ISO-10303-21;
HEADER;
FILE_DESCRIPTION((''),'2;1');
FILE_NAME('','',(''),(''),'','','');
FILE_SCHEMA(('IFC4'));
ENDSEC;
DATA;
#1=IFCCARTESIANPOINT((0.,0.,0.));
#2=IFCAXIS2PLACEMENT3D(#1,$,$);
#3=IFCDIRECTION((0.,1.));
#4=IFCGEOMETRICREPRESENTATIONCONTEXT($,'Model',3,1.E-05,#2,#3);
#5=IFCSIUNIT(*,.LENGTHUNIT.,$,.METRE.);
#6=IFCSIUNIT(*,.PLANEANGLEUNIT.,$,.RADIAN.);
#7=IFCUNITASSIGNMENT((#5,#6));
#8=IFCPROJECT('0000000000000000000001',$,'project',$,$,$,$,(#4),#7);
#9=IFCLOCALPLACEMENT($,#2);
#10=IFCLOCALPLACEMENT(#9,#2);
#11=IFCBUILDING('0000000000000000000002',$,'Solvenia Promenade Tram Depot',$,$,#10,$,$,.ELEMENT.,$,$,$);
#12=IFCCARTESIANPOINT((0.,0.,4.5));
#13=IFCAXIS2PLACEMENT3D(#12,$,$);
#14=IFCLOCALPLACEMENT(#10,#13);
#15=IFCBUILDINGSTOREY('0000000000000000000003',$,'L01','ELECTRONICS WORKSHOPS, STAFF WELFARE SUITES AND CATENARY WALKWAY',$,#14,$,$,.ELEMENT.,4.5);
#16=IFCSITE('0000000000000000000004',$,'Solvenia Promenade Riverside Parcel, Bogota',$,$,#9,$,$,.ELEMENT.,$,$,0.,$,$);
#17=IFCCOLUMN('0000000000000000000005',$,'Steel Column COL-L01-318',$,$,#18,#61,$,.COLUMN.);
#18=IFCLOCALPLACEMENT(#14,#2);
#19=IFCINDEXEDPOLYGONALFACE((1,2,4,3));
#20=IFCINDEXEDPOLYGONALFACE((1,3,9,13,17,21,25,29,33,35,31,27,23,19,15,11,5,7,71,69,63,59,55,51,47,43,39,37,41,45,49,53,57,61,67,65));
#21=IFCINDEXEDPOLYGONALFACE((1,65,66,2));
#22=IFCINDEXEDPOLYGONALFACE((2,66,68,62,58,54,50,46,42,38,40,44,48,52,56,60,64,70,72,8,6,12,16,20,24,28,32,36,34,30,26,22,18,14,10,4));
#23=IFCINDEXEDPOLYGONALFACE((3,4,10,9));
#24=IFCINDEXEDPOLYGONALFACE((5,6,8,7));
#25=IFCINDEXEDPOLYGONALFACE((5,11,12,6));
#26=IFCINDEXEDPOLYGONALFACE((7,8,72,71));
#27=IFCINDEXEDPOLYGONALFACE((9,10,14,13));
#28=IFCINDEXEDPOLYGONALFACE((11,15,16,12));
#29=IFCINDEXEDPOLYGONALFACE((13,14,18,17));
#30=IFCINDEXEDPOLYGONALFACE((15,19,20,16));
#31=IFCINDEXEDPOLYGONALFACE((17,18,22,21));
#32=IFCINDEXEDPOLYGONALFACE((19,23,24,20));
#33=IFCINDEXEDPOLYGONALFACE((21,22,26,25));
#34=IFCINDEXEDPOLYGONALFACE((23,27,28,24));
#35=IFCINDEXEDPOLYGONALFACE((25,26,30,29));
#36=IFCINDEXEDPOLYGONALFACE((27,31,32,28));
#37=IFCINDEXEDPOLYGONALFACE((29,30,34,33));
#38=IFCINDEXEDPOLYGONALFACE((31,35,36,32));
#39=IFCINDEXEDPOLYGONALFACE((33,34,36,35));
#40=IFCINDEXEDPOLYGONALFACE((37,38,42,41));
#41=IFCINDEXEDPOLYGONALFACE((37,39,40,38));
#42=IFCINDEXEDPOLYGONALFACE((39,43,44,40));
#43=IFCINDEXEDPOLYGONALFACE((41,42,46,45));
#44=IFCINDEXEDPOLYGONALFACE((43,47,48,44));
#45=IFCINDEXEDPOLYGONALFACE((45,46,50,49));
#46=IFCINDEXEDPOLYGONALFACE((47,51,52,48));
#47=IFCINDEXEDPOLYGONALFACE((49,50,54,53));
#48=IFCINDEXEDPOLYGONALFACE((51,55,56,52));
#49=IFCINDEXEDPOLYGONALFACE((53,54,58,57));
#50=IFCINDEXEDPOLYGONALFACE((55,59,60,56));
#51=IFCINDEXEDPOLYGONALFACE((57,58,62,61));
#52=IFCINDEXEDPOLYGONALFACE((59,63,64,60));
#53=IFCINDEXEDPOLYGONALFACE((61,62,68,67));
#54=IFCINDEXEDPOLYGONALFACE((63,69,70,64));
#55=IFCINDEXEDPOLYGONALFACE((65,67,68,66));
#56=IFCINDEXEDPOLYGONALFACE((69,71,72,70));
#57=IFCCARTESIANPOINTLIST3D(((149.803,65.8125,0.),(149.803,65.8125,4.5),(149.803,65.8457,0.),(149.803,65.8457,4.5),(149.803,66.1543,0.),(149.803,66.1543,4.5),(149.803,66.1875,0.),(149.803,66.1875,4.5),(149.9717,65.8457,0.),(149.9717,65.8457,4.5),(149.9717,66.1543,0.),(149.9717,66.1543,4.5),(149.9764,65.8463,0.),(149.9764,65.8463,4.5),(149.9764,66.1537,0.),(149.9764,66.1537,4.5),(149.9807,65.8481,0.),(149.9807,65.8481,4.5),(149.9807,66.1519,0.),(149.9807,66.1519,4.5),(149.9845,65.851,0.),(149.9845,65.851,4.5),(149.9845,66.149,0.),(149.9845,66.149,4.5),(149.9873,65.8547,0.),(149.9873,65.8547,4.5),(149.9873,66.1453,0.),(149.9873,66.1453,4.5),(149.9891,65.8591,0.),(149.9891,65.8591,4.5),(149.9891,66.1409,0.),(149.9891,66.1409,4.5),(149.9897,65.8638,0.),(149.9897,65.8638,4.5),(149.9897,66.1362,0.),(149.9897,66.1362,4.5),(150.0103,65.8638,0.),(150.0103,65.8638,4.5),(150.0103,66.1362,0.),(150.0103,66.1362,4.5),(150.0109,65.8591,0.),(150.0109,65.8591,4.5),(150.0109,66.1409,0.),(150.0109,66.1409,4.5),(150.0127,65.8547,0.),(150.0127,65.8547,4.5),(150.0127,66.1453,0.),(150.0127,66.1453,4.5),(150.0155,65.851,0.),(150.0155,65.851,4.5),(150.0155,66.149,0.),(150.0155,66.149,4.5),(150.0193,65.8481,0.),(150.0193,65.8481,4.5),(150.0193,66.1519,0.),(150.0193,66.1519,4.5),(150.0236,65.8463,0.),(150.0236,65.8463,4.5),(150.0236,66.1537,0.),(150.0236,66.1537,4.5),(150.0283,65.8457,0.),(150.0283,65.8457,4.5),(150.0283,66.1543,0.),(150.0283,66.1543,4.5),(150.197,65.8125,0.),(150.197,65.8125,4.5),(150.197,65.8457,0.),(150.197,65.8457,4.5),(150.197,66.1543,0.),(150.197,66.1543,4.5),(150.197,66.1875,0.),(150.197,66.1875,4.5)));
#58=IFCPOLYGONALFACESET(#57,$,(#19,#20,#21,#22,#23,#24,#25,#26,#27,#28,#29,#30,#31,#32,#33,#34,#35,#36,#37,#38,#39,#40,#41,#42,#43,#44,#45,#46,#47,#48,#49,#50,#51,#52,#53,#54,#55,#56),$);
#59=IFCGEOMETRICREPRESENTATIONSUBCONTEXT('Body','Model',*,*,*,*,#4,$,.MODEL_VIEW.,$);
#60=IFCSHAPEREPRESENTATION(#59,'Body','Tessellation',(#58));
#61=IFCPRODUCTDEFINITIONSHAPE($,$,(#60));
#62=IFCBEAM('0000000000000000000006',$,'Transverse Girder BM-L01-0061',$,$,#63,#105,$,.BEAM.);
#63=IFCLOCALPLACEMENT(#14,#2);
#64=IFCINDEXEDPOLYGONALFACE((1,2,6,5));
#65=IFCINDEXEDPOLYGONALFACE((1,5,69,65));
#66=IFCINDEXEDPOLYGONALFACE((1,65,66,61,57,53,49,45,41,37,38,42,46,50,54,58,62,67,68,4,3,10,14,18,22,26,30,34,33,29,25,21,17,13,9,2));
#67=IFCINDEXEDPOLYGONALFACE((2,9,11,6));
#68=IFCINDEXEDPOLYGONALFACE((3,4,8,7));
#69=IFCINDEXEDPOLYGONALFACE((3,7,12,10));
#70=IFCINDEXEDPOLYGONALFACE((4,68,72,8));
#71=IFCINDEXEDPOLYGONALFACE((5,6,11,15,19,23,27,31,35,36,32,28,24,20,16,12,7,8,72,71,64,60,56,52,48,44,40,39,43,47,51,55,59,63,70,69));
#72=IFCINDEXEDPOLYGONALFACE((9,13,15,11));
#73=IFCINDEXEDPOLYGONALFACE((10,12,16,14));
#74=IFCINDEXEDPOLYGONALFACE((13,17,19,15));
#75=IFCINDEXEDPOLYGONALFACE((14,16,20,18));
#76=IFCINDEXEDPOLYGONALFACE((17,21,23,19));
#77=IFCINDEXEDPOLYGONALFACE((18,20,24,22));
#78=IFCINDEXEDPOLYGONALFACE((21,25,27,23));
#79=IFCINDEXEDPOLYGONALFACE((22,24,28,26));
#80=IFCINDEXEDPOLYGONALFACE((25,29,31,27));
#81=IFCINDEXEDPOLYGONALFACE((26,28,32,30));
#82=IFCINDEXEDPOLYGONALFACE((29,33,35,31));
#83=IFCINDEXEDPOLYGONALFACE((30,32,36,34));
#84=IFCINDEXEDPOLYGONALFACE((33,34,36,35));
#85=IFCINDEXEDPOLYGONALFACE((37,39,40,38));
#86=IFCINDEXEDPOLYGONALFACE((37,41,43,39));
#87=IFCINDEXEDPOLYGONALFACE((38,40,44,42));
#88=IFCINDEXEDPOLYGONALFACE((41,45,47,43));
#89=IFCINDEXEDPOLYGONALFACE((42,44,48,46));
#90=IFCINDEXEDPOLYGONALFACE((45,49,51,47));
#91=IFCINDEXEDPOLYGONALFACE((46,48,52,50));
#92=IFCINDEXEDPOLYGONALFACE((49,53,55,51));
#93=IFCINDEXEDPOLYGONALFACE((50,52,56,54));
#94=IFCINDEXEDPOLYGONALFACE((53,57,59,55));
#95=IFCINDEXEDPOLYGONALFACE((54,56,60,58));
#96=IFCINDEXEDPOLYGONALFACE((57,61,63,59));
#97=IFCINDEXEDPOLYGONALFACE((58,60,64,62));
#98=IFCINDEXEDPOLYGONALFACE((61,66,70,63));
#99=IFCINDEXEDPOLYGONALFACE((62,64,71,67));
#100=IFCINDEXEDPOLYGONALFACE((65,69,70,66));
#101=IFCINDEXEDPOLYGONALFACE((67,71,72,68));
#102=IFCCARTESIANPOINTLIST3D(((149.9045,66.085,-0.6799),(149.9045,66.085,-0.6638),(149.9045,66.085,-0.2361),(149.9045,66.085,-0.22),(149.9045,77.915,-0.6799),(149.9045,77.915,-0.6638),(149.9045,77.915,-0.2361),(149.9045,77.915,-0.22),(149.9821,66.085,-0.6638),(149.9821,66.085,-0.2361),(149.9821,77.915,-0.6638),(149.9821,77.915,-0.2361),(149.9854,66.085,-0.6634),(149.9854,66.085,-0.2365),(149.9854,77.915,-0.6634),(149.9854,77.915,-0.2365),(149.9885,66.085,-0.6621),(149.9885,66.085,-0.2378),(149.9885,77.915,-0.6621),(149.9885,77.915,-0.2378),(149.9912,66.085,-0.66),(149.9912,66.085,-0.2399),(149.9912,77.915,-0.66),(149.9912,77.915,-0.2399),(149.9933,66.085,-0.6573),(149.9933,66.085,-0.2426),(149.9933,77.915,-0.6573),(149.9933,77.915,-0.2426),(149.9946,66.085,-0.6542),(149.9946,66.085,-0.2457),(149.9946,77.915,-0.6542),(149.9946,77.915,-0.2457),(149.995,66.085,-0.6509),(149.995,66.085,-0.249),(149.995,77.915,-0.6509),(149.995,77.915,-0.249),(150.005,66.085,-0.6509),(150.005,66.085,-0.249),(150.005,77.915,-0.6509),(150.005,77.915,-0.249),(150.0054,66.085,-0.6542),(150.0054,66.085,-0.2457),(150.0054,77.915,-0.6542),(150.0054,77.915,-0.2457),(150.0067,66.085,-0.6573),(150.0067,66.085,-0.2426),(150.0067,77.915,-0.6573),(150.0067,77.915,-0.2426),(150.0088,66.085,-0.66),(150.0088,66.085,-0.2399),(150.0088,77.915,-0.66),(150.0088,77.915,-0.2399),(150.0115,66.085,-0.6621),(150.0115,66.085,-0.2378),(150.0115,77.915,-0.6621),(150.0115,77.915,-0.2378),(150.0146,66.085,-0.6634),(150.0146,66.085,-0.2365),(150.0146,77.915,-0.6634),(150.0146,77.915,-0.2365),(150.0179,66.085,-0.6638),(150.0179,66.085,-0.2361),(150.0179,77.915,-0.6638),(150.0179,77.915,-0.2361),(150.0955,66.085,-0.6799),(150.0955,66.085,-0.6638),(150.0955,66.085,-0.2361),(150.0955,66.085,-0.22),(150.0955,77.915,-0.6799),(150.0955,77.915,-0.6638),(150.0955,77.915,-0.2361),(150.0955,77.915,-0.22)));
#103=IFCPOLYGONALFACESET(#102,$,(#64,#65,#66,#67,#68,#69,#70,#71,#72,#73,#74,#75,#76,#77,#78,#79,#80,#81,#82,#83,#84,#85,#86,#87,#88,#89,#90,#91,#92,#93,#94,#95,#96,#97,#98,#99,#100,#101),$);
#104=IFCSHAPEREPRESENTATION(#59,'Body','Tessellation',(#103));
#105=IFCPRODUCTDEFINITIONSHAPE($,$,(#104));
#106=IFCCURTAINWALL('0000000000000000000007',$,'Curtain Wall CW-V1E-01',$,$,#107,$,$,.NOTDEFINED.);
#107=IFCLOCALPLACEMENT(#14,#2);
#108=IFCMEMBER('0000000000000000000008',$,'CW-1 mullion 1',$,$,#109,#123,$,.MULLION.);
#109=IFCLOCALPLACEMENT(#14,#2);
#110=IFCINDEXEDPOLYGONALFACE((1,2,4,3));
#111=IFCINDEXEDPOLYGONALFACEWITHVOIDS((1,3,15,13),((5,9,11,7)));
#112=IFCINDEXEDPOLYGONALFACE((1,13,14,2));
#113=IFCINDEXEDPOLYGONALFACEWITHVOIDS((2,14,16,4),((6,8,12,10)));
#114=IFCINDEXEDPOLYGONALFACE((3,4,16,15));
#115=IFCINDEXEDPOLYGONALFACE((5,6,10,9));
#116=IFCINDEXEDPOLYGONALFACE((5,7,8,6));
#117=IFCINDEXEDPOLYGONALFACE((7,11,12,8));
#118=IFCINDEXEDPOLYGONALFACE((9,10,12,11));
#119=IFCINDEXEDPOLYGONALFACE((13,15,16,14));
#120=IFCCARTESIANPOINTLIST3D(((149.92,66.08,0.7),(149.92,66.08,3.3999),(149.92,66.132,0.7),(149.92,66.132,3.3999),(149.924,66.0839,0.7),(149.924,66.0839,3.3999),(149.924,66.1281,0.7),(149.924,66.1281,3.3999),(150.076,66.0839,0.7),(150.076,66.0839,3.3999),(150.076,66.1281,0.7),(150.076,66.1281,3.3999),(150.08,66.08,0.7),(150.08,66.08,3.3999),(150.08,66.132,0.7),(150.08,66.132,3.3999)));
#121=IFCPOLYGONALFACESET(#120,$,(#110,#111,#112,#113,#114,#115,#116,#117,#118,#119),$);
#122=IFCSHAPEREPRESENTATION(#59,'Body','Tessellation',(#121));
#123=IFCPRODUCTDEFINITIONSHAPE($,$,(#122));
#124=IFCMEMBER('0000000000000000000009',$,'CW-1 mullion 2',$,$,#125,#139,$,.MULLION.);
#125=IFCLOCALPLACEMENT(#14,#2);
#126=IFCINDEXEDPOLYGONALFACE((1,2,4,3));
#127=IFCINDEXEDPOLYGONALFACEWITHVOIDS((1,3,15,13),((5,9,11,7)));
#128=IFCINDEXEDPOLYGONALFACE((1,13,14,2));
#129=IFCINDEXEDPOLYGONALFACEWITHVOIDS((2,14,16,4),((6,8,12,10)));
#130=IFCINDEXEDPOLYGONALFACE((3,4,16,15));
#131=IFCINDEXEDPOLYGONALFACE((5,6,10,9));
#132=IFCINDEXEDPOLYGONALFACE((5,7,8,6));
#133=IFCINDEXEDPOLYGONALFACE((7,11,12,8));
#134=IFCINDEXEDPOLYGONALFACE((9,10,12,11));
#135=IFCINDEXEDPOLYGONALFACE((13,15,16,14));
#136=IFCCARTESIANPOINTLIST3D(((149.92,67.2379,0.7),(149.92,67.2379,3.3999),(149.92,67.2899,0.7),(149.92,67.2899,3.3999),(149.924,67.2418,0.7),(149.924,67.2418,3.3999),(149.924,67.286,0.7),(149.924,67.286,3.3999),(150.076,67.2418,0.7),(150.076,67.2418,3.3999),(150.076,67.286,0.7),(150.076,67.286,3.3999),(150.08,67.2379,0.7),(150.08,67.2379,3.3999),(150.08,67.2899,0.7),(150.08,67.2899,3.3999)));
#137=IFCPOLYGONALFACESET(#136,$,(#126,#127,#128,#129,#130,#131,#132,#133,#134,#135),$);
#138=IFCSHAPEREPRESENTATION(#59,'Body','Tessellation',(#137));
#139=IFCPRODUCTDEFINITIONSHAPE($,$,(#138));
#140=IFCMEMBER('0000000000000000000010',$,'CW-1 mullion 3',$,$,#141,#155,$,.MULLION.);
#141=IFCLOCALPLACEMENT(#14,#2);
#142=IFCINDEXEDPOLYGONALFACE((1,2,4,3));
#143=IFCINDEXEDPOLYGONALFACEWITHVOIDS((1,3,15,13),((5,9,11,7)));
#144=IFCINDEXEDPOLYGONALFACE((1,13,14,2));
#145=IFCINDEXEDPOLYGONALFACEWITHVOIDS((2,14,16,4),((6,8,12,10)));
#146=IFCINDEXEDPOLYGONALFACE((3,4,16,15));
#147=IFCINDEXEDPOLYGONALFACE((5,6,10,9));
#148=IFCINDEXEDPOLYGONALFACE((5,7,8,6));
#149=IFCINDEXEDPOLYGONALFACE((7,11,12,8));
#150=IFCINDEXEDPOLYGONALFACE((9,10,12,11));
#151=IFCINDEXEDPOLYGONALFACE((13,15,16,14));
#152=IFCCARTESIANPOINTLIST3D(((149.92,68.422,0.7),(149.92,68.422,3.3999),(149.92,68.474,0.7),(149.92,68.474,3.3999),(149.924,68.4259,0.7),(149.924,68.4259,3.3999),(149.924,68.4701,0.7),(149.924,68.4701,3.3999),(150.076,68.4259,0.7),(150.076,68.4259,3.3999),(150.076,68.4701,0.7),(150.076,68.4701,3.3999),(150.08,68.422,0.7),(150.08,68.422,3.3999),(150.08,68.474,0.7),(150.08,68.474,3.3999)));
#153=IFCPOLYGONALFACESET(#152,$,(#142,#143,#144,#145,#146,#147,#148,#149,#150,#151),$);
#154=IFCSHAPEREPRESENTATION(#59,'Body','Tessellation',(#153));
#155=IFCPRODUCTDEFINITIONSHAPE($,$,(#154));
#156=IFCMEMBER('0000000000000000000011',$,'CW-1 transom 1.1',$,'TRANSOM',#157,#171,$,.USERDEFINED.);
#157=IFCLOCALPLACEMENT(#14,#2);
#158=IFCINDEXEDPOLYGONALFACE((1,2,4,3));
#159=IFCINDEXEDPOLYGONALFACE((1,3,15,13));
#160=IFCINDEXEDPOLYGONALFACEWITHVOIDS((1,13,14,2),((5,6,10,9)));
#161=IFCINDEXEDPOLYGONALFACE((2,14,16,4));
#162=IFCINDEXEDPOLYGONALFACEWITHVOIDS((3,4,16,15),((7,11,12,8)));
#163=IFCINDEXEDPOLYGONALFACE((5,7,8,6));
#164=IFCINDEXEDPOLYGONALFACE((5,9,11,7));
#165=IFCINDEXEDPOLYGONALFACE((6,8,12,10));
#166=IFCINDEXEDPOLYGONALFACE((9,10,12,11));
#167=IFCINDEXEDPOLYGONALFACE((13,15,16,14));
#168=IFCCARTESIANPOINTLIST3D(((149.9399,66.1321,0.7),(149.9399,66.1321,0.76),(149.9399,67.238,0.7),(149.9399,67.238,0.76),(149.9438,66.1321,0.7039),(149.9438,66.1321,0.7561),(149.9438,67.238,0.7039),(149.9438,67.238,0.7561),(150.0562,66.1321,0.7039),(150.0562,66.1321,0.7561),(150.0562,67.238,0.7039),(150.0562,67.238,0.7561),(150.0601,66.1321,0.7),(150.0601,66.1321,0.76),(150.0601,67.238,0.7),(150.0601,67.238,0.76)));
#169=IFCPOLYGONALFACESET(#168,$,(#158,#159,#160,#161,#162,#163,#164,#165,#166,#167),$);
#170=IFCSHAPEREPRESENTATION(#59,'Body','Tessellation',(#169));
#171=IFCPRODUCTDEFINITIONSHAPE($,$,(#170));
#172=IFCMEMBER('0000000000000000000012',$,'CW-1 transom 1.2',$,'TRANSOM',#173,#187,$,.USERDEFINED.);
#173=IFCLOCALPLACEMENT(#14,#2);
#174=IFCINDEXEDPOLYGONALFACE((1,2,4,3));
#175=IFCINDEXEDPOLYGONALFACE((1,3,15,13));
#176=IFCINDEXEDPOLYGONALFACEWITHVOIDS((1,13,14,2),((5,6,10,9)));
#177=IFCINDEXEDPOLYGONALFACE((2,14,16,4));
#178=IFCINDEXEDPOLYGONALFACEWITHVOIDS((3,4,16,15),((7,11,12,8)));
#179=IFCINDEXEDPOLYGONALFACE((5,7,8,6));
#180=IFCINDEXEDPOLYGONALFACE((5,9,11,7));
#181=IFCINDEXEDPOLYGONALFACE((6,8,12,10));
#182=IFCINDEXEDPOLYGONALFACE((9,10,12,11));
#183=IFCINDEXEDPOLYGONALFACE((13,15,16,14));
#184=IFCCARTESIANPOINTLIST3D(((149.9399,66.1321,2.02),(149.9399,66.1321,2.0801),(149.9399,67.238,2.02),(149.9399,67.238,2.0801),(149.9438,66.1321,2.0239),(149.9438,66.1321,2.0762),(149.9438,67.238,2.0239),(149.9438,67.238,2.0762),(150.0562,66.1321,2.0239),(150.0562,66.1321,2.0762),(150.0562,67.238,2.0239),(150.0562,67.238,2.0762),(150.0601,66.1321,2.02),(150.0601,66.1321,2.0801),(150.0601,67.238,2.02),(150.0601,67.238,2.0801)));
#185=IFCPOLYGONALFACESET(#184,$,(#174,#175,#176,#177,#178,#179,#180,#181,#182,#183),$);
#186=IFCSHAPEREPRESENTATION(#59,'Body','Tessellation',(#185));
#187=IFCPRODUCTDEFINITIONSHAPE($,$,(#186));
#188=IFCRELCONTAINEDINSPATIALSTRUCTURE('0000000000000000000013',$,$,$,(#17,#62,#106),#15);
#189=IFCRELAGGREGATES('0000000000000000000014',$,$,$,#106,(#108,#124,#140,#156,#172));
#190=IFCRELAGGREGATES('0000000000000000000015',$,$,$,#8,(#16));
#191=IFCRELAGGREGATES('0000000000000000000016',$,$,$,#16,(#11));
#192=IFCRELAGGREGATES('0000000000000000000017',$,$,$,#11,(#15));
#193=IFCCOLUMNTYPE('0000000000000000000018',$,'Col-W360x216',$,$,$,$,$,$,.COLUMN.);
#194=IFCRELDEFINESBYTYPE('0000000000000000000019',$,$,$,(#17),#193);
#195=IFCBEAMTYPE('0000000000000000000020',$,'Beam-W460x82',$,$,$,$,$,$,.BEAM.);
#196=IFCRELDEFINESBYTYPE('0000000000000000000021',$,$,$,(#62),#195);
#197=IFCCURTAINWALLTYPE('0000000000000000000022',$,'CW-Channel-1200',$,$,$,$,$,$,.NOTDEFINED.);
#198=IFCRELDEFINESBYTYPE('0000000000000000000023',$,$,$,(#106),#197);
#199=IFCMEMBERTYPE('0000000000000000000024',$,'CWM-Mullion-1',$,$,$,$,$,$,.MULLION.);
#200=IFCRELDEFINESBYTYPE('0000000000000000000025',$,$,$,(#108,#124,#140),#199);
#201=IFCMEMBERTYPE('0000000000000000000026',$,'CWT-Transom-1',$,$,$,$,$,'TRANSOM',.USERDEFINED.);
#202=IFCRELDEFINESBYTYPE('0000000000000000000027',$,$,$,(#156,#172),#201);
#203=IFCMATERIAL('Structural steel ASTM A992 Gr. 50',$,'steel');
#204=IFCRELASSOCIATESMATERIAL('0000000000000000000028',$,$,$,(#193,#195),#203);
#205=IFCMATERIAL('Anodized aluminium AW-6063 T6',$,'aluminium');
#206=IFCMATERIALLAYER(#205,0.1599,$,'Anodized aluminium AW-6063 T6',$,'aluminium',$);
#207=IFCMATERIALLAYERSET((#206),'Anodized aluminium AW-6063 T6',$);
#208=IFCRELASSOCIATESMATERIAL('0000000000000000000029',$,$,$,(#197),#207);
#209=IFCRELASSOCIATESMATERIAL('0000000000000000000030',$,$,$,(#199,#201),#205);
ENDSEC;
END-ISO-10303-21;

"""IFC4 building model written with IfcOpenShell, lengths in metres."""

from ifc_helpers import new_model, si_unit, direction, frame, origin, origin_2d, place, context, subcontext, project, spatial, hollow_rectangle, i_section, extrude, material, layer, layer_set, material_profile, profile_set, type_object, element, aggregate, save


model = new_model("IFC4")

# Units and contexts
model_context = context("Model", 3, precision=1e-05, world=origin(), true_north=direction((0.0, 1.0)))
body_context = subcontext(model_context, "Body", "Model", "MODEL_VIEW")
ifc_project = project(units=[si_unit("LENGTHUNIT", "METRE"), si_unit("PLANEANGLEUNIT", "RADIAN")], contexts=[model_context])

# Site, building, storey
site_placement = place(None, origin())
site = spatial("IfcSite", under=ifc_project, at=site_placement, Name="Solvenia Promenade Riverside Parcel, Bogota", CompositionType="ELEMENT", RefElevation=0.0)
building_placement = place(site_placement, origin())
building = spatial("IfcBuilding", under=site, at=building_placement, Name="Solvenia Promenade Tram Depot", CompositionType="ELEMENT")
storey_placement = place(building_placement, frame((0.0, 0.0, 4.5)))
storey = spatial("IfcBuildingStorey", under=building, at=storey_placement, Name="L01", Description="ELECTRONICS WORKSHOPS, STAFF WELFARE SUITES AND CATENARY WALKWAY", CompositionType="ELEMENT", Elevation=4.5)

# Column
ifc_material_1 = material(Name="Structural steel ASTM A992 Gr. 50", Category="steel")
ifc_material_profile_1 = material_profile(ifc_material_1, i_section(OverallWidth=0.394, OverallDepth=0.375, WebThickness=0.0205, FlangeThickness=0.0332, FilletRadius=0.0181, at=origin_2d()), Name="W360x216", Category="steel")
ifc_profile_set_1 = profile_set([ifc_material_profile_1], Name="Structural steel ASTM A992 Gr. 50")
column_type = type_object("IfcColumnType", Name="Col-W360x216", PredefinedType="COLUMN", material=ifc_profile_set_1)
column_placement = place(storey_placement, frame((150.0, 66.0, 0.0), z_axis=(0.0, 0.0, 1.0), x_axis=(1.0, 0.0, 0.0)))
element("IfcColumn", 1, at=column_placement, inside=storey, type_object=column_type, Name="Steel Column COL-L01-318", PredefinedType="COLUMN", context=body_context, shape_type="SweptSolid", body=[
    extrude(i_section(OverallWidth=0.394, OverallDepth=0.375, WebThickness=0.0205, FlangeThickness=0.0332, FilletRadius=0.0181, at=origin_2d()), origin(), (0.0, 0.0, 1.0), 4.5),
])

# Beam
ifc_material_profile_2 = material_profile(ifc_material_1, i_section(OverallWidth=0.1909, OverallDepth=0.46, WebThickness=0.01, FlangeThickness=0.0161, FilletRadius=0.0129, at=origin_2d()), Name="W460x82", Category="steel")
ifc_profile_set_2 = profile_set([ifc_material_profile_2], Name="Structural steel ASTM A992 Gr. 50")
beam_type = type_object("IfcBeamType", Name="Beam-W460x82", PredefinedType="BEAM", material=ifc_profile_set_2)
beam_placement = place(storey_placement, frame((150.0, 66.085, -0.45), z_axis=(0.0, 1.0, 0.0), x_axis=(-1.0, 0.0, 0.0)))
element("IfcBeam", 2, at=beam_placement, inside=storey, type_object=beam_type, Name="Transverse Girder BM-L01-0061", PredefinedType="BEAM", context=body_context, shape_type="SweptSolid", body=[
    extrude(i_section(OverallWidth=0.1909, OverallDepth=0.46, WebThickness=0.01, FlangeThickness=0.0161, FilletRadius=0.0129, at=origin_2d()), origin(), (0.0, 0.0, 1.0), 11.8301),
])

# Curtain wall, members
ifc_material_2 = material(Name="Anodized aluminium AW-6063 T6", Category="aluminium")
ifc_layer_1 = layer(ifc_material_2, 0.1599, Name="Anodized aluminium AW-6063 T6", Category="aluminium")
ifc_layer_set_1 = layer_set([ifc_layer_1], Name="Anodized aluminium AW-6063 T6")
curtain_wall_type = type_object("IfcCurtainWallType", Name="CW-Channel-1200", PredefinedType="NOTDEFINED", material=ifc_layer_set_1)
curtain_wall_placement = place(storey_placement, origin())
curtain_wall = element("IfcCurtainWall", 3, at=curtain_wall_placement, inside=storey, type_object=curtain_wall_type, Name="Curtain Wall CW-V1E-01", PredefinedType="NOTDEFINED")
ifc_material_profile_3 = material_profile(ifc_material_2, hollow_rectangle(XDim=0.1599, YDim=0.052, WallThickness=0.0039, at=origin_2d()), Name="ALU-M1", Category="aluminium")
ifc_profile_set_3 = profile_set([ifc_material_profile_3], Name="Anodized aluminium AW-6063 T6")
member_type_1 = type_object("IfcMemberType", Name="CWM-Mullion-1", PredefinedType="MULLION", material=ifc_profile_set_3)
member_1_placement = place(storey_placement, frame((150.0, 66.106, 0.7), z_axis=(0.0, 0.0, 1.0), x_axis=(-1.0, 0.0, 0.0)))
member_1 = element("IfcMember", 4, at=member_1_placement, type_object=member_type_1, Name="CW-1 mullion 1", PredefinedType="MULLION", context=body_context, shape_type="SweptSolid", body=[
    extrude(hollow_rectangle(XDim=0.1599, YDim=0.052, WallThickness=0.0039, at=origin_2d()), origin(), (0.0, 0.0, 1.0), 2.7),
])
member_2_placement = place(storey_placement, frame((150.0, 67.2639, 0.7), z_axis=(0.0, 0.0, 1.0), x_axis=(-1.0, 0.0, 0.0)))
member_2 = element("IfcMember", 5, at=member_2_placement, type_object=member_type_1, Name="CW-1 mullion 2", PredefinedType="MULLION", context=body_context, shape_type="SweptSolid", body=[
    extrude(hollow_rectangle(XDim=0.1599, YDim=0.052, WallThickness=0.0039, at=origin_2d()), origin(), (0.0, 0.0, 1.0), 2.7),
])
member_3_placement = place(storey_placement, frame((150.0, 68.448, 0.7), z_axis=(0.0, 0.0, 1.0), x_axis=(-1.0, 0.0, 0.0)))
member_3 = element("IfcMember", 6, at=member_3_placement, type_object=member_type_1, Name="CW-1 mullion 3", PredefinedType="MULLION", context=body_context, shape_type="SweptSolid", body=[
    extrude(hollow_rectangle(XDim=0.1599, YDim=0.052, WallThickness=0.0039, at=origin_2d()), origin(), (0.0, 0.0, 1.0), 2.7),
])
ifc_material_profile_4 = material_profile(ifc_material_2, hollow_rectangle(XDim=0.1201, YDim=0.0601, WallThickness=0.0039, at=origin_2d()), Name="ALU-T1", Category="aluminium")
ifc_profile_set_4 = profile_set([ifc_material_profile_4], Name="Anodized aluminium AW-6063 T6")
member_type_2 = type_object("IfcMemberType", Name="CWT-Transom-1", ElementType="TRANSOM", PredefinedType="USERDEFINED", material=ifc_profile_set_4)
member_4_placement = place(storey_placement, frame((150.0, 66.1321, 0.73), z_axis=(0.0, 1.0, 0.0), x_axis=(-1.0, 0.0, 0.0)))
member_4 = element("IfcMember", 7, at=member_4_placement, type_object=member_type_2, Name="CW-1 transom 1.1", ObjectType="TRANSOM", PredefinedType="USERDEFINED", context=body_context, shape_type="SweptSolid", body=[
    extrude(hollow_rectangle(XDim=0.1201, YDim=0.0601, WallThickness=0.0039, at=origin_2d()), origin(), (0.0, 0.0, 1.0), 1.106),
])
member_5_placement = place(storey_placement, frame((150.0, 66.1321, 2.05), z_axis=(0.0, 1.0, 0.0), x_axis=(-1.0, 0.0, 0.0)))
member_5 = element("IfcMember", 8, at=member_5_placement, type_object=member_type_2, Name="CW-1 transom 1.2", ObjectType="TRANSOM", PredefinedType="USERDEFINED", context=body_context, shape_type="SweptSolid", body=[
    extrude(hollow_rectangle(XDim=0.1201, YDim=0.0601, WallThickness=0.0039, at=origin_2d()), origin(), (0.0, 0.0, 1.0), 1.106),
])

aggregate(curtain_wall, [member_1, member_2, member_3, member_4, member_5])

save(model, "model.ifc")
